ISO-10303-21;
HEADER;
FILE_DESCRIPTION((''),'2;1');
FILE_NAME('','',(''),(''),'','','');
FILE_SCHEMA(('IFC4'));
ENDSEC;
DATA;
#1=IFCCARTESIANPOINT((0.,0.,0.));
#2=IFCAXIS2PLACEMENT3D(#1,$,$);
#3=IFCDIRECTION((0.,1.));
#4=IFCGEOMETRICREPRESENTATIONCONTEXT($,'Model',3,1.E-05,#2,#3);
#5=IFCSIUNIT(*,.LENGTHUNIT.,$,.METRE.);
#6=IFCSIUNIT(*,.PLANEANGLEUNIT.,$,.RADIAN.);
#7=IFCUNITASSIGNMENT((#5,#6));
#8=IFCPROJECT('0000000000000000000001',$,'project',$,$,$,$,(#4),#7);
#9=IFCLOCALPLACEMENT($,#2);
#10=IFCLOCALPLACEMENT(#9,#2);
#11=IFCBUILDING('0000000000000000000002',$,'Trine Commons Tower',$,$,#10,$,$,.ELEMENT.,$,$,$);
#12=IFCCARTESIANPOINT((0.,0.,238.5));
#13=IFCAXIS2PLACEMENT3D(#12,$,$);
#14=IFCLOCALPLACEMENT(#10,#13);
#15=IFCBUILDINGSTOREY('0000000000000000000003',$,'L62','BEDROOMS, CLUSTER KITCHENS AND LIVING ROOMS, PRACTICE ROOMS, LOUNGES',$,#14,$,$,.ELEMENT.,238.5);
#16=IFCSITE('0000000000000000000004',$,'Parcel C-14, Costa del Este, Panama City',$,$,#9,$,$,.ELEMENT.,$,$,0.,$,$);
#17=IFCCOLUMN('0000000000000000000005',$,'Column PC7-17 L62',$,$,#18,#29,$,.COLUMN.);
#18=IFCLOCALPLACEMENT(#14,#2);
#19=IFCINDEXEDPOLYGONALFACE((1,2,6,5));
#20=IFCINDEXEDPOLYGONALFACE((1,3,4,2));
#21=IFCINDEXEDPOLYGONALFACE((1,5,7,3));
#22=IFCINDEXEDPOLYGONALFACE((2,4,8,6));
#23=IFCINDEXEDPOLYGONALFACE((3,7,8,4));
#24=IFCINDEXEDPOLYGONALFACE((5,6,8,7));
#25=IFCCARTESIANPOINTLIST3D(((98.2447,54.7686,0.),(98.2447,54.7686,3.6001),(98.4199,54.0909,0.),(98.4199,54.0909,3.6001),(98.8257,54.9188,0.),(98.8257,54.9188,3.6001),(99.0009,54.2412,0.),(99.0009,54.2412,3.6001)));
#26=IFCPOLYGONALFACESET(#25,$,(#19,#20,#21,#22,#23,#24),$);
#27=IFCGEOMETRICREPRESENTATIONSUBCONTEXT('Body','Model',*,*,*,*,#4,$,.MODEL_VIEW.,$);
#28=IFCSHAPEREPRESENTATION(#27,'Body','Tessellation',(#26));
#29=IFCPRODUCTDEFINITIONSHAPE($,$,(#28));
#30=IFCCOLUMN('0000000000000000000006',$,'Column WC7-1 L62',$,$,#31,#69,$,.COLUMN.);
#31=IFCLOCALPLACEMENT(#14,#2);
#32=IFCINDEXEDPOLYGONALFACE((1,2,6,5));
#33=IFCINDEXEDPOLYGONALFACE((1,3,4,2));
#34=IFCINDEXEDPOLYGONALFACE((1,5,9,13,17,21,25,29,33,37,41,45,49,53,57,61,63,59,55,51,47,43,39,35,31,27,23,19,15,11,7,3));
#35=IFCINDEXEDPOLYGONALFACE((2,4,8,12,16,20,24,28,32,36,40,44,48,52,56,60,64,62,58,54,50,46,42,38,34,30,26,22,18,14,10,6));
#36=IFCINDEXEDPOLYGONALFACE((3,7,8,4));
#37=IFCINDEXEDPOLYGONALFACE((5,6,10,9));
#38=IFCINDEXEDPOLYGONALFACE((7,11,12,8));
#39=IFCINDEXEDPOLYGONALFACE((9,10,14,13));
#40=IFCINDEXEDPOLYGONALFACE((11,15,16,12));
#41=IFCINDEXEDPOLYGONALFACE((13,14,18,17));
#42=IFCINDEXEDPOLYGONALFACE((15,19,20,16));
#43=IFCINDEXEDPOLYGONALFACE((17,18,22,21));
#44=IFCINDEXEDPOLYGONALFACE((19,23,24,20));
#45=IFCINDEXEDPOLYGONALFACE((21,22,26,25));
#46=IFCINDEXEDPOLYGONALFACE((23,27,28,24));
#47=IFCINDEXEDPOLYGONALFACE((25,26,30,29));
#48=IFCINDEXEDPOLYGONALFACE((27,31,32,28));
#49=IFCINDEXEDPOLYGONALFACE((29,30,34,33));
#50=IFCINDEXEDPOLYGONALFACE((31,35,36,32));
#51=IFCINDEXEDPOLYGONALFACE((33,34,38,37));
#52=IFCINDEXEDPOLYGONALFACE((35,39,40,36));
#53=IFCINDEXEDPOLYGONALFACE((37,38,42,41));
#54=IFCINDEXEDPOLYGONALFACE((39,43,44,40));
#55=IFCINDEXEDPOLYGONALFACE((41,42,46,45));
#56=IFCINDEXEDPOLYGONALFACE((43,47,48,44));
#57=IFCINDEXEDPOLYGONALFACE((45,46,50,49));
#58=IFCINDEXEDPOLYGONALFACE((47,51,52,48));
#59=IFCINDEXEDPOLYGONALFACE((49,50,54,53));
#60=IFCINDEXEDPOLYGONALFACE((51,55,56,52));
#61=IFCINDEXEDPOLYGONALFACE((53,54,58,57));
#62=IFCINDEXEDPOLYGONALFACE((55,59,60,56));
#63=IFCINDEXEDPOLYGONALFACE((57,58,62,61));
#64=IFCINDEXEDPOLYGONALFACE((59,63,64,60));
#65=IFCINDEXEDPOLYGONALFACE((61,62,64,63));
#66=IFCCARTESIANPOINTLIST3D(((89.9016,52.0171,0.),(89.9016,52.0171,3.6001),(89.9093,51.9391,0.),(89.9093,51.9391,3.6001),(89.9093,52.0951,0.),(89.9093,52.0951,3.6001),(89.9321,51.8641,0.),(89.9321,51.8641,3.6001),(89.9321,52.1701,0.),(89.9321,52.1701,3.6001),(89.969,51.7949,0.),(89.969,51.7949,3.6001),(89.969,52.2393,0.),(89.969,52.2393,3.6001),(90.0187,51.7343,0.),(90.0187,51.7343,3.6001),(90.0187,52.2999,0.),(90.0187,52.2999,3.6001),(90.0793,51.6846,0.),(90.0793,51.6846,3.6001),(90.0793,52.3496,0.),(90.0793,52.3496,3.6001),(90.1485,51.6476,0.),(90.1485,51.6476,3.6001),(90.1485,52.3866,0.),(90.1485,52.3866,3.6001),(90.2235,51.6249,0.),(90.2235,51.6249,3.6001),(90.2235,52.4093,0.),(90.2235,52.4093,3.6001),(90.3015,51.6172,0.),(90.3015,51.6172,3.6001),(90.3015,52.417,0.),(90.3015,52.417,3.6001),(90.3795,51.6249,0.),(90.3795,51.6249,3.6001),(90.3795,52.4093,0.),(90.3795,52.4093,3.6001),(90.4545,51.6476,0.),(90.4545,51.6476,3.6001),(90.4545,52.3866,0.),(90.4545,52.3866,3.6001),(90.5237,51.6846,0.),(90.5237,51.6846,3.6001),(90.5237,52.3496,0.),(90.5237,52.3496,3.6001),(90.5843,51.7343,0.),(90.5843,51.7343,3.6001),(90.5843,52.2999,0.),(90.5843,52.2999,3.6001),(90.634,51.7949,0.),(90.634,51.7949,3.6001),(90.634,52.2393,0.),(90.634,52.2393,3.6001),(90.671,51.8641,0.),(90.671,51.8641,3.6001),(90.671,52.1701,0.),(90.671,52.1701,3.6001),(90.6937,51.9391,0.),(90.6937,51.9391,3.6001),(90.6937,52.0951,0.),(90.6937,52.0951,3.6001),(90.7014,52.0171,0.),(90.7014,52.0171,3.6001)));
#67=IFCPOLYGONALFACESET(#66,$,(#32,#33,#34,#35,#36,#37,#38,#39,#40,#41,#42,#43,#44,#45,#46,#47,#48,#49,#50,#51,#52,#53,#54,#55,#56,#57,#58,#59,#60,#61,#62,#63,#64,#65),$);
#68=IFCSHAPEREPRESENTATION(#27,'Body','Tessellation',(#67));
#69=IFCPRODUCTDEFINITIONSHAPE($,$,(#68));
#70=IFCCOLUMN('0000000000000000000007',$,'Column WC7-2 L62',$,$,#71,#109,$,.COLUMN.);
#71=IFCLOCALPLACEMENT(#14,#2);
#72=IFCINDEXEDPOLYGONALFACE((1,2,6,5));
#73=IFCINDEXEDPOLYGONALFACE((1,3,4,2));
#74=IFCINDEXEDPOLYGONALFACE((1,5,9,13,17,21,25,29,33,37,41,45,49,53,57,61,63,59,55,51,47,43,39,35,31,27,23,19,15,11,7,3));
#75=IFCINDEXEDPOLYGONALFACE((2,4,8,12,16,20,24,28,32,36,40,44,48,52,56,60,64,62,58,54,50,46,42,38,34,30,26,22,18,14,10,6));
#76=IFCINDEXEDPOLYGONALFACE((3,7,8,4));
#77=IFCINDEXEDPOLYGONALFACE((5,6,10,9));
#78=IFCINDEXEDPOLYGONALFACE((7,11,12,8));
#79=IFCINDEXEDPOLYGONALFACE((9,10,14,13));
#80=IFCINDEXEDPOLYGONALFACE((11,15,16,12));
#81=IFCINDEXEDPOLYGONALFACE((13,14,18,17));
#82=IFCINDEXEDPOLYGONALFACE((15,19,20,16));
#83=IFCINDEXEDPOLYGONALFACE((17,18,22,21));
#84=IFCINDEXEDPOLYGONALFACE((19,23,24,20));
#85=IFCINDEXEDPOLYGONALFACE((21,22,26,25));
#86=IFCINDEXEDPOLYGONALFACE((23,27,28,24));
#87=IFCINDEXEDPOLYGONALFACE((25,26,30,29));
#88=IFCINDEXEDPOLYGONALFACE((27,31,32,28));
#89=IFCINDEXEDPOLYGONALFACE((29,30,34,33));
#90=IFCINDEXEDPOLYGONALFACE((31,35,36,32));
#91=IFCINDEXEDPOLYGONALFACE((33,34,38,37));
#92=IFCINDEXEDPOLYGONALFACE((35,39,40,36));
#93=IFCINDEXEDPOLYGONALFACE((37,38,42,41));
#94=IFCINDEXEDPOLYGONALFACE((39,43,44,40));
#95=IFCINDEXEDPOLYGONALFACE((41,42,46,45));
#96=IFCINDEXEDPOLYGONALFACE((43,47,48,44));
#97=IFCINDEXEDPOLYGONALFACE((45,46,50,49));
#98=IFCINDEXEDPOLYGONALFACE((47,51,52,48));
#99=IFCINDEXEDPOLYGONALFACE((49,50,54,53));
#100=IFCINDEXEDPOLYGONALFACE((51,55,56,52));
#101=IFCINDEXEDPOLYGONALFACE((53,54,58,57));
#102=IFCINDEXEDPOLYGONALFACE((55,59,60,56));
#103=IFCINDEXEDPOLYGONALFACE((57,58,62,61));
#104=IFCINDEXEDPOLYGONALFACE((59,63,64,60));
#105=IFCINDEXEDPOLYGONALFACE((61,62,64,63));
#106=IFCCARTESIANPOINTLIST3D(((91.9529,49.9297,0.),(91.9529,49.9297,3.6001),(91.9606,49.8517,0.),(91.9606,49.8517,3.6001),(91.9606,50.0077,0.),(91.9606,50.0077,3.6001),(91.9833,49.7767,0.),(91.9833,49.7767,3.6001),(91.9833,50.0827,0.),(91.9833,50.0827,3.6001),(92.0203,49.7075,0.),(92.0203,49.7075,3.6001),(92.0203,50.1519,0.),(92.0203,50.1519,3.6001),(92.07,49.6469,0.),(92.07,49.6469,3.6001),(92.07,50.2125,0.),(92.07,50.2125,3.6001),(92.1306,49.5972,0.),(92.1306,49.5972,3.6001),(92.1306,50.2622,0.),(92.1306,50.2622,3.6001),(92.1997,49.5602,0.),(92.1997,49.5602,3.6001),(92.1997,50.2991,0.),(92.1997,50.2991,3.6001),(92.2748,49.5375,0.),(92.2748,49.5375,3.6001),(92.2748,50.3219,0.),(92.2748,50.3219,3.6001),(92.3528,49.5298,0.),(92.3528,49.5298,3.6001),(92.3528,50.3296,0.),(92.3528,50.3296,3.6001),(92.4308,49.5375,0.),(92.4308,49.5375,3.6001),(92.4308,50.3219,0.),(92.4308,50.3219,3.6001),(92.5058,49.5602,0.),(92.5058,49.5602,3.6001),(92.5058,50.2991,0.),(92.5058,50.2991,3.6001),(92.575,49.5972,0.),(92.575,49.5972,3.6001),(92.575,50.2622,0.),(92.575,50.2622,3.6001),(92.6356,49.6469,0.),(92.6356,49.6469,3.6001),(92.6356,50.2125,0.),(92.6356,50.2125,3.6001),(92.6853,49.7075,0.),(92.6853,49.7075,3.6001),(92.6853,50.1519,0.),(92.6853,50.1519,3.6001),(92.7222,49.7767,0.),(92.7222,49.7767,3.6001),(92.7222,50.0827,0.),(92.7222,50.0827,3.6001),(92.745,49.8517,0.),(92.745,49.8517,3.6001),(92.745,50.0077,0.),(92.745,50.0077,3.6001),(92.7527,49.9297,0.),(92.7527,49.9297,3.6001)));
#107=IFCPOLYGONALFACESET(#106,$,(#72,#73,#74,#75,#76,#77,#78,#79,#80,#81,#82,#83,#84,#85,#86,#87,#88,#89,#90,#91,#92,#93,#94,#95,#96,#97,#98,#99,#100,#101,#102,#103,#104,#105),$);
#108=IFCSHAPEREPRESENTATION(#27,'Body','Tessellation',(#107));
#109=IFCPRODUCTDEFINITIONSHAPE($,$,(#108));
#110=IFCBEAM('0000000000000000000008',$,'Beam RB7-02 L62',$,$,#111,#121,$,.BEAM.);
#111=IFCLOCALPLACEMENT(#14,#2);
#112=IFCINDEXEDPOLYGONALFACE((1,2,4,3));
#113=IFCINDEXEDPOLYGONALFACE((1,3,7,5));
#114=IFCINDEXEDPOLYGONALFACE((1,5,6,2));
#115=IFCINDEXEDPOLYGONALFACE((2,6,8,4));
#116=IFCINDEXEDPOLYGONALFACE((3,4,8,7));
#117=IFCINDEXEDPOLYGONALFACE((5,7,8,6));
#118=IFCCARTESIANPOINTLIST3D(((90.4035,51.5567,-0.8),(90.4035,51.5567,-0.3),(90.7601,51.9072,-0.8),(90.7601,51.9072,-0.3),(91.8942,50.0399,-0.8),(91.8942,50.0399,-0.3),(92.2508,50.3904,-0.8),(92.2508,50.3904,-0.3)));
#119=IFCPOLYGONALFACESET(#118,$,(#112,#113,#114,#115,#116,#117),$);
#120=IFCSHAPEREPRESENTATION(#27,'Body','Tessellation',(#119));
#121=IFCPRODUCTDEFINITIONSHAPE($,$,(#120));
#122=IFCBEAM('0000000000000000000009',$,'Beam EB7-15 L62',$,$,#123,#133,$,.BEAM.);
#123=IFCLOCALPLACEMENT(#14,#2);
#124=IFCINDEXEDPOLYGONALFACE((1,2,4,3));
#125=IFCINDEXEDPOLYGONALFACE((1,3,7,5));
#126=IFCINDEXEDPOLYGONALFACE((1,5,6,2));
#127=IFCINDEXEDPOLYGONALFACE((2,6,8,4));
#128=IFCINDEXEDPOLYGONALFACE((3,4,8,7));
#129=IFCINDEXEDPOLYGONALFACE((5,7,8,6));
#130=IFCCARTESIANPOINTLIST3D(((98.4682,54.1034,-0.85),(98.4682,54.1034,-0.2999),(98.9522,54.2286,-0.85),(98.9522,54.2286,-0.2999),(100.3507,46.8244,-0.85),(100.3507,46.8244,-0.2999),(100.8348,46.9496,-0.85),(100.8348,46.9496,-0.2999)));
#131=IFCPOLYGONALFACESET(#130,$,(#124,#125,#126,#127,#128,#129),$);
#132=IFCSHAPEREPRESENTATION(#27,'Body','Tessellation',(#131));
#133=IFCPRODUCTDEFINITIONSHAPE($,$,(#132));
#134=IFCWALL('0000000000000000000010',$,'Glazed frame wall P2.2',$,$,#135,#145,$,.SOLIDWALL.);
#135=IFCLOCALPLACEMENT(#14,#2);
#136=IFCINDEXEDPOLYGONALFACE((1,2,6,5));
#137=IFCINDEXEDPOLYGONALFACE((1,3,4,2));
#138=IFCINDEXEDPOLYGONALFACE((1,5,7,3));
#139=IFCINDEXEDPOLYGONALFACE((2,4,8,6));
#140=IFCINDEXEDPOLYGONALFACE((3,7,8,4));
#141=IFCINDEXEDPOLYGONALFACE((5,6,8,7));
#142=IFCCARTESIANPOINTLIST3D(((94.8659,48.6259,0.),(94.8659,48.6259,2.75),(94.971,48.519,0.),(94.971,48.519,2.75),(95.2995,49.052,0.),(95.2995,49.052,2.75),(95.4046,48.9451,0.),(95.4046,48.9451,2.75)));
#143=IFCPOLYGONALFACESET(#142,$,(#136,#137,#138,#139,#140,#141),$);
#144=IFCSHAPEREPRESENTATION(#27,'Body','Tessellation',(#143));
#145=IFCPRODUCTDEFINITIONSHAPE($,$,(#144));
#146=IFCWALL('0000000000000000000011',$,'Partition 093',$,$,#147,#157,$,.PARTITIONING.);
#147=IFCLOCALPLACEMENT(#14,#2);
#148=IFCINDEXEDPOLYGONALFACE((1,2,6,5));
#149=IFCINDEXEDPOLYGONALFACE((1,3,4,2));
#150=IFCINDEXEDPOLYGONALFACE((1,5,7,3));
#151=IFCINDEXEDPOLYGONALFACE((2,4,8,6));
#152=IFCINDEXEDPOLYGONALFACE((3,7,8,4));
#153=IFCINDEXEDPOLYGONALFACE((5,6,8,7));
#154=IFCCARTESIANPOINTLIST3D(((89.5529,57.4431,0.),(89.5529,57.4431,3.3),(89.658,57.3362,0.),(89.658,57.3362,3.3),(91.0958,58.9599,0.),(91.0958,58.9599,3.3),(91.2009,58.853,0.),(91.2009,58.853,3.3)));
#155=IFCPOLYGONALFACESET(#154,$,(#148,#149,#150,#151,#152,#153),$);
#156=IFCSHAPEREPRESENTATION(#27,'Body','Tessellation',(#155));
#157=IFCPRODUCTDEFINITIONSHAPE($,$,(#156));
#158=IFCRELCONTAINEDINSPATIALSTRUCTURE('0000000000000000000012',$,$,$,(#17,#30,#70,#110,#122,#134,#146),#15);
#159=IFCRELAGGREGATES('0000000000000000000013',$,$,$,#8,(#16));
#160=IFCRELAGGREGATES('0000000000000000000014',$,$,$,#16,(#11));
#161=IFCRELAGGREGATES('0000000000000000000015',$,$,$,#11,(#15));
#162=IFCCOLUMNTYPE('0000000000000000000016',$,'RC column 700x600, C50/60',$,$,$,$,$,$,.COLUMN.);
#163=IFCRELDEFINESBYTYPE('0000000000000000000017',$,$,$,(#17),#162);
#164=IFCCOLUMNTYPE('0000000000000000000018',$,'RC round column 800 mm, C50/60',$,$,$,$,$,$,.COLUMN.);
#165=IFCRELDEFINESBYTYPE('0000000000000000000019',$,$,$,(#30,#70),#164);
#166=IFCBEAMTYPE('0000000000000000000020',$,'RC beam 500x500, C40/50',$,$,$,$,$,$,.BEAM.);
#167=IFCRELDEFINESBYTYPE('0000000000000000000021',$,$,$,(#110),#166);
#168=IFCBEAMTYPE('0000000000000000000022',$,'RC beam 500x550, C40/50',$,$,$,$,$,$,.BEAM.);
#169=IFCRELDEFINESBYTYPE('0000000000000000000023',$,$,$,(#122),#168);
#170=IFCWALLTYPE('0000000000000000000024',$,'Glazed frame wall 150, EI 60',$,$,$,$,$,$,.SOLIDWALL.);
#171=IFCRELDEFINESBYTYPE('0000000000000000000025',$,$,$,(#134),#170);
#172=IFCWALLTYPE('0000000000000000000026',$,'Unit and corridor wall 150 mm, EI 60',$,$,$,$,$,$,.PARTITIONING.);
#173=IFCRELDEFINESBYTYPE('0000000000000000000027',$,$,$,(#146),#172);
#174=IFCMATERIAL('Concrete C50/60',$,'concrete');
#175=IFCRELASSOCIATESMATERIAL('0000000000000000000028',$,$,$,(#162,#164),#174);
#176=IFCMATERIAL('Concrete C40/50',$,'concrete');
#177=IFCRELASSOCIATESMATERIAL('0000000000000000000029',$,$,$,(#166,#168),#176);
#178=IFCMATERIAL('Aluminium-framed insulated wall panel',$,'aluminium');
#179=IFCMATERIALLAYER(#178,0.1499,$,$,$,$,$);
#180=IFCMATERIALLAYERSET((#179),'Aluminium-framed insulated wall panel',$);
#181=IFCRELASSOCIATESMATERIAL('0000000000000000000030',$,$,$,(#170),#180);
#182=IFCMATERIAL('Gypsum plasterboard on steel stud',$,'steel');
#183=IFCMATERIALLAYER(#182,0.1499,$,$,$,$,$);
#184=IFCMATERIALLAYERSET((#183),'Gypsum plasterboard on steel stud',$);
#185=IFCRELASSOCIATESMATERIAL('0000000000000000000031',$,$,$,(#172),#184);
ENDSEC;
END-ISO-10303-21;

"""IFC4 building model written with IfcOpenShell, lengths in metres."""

from ifc_helpers import new_model, si_unit, direction, frame, frame_2d, origin, origin_2d, place, context, subcontext, project, spatial, polyline, rectangle, circle, outline, extrude, material, layer, layer_set, material_profile, profile_set, type_object, element, save


model = new_model("IFC4")

# Units and contexts
model_context = context("Model", 3, precision=1e-05, world=origin(), true_north=direction((0.0, 1.0)))
body_context = subcontext(model_context, "Body", "Model", "MODEL_VIEW")
ifc_project = project(units=[si_unit("LENGTHUNIT", "METRE"), si_unit("PLANEANGLEUNIT", "RADIAN")], contexts=[model_context])

# Site, building, storey
site_placement = place(None, origin())
site = spatial("IfcSite", under=ifc_project, at=site_placement, Name="Parcel C-14, Costa del Este, Panama City", CompositionType="ELEMENT", RefElevation=0.0)
building_placement = place(site_placement, origin())
building = spatial("IfcBuilding", under=site, at=building_placement, Name="Trine Commons Tower", CompositionType="ELEMENT")
storey_placement = place(building_placement, frame((0.0, 0.0, 238.5)))
storey = spatial("IfcBuildingStorey", under=building, at=storey_placement, Name="L62", Description="BEDROOMS, CLUSTER KITCHENS AND LIVING ROOMS, PRACTICE ROOMS, LOUNGES", CompositionType="ELEMENT", Elevation=238.5)

# Columns
ifc_material_1 = material(Name="Concrete C50/60", Category="concrete")
ifc_material_profile_1 = material_profile(ifc_material_1, rectangle(XDim=0.7, YDim=0.6001, at=origin_2d()), Name="RC 700x600")
ifc_profile_set_1 = profile_set([ifc_material_profile_1], Name="Concrete C50/60")
column_type_1 = type_object("IfcColumnType", Name="RC column 700x600, C50/60", PredefinedType="COLUMN", material=ifc_profile_set_1)
column_placement = place(storey_placement, frame((98.6228, 54.5049, 0.0), z_axis=(0.0, 0.0, 1.0), x_axis=(-0.25038, 0.968148, 0.0)))
element("IfcColumn", 1, at=column_placement, inside=storey, type_object=column_type_1, Name="Column PC7-17 L62", PredefinedType="COLUMN", context=body_context, shape_type="SweptSolid", body=[
    extrude(rectangle(XDim=0.7, YDim=0.6001, at=origin_2d()), origin(), (0.0, 0.0, 1.0), 3.6001),
])
ifc_material_profile_2 = material_profile(ifc_material_1, circle(Radius=0.3999, at=origin_2d()), Name="RC round 800")
ifc_profile_set_2 = profile_set([ifc_material_profile_2], Name="Concrete C50/60")
column_type_2 = type_object("IfcColumnType", Name="RC round column 800 mm, C50/60", PredefinedType="COLUMN", material=ifc_profile_set_2)
for number, where, z_axis, x_axis, name in (
    (2, (90.3015, 52.0171, 0.0), (0.0, 0.0, 1.0), (1.0, 0.0, 0.0), "Column WC7-1 L62"),
    (3, (92.3528, 49.9297, 0.0), (0.0, 0.0, 1.0), (1.0, 0.0, 0.0), "Column WC7-2 L62"),
):
    element("IfcColumn", number, at=place(storey_placement, frame(where, z_axis=z_axis, x_axis=x_axis)), inside=storey, type_object=column_type_2, Name=name, PredefinedType="COLUMN", context=body_context, shape_type="SweptSolid", body=[
        extrude(circle(Radius=0.3999, at=origin_2d()), origin(), (0.0, 0.0, 1.0), 3.6001),
    ])

# Beams
ifc_material_2 = material(Name="Concrete C40/50", Category="concrete")
ifc_material_profile_3 = material_profile(ifc_material_2, rectangle(XDim=0.5, YDim=0.5, at=origin_2d()), Name="RC 500x500")
ifc_profile_set_3 = profile_set([ifc_material_profile_3], Name="Concrete C40/50")
beam_type_1 = type_object("IfcBeamType", Name="RC beam 500x500, C40/50", PredefinedType="BEAM", material=ifc_profile_set_3)
beam_1_placement = place(storey_placement, frame((90.5818, 51.7319, -0.55), z_axis=(0.700939, -0.713222, 0.0), x_axis=(0.713222, 0.700939, 0.0)))
element("IfcBeam", 4, at=beam_1_placement, inside=storey, type_object=beam_type_1, Name="Beam RB7-02 L62", PredefinedType="BEAM", context=body_context, shape_type="SweptSolid", body=[
    extrude(rectangle(XDim=0.5, YDim=0.5, at=origin_2d()), origin(), (0.0, 0.0, 1.0), 2.1267),
])
ifc_material_profile_4 = material_profile(ifc_material_2, rectangle(XDim=0.5, YDim=0.55, at=origin_2d()), Name="RC 500x550")
ifc_profile_set_4 = profile_set([ifc_material_profile_4], Name="Concrete C40/50")
beam_type_2 = type_object("IfcBeamType", Name="RC beam 500x550, C40/50", PredefinedType="BEAM", material=ifc_profile_set_4)
beam_2_placement = place(storey_placement, frame((98.7102, 54.166, -0.575), z_axis=(0.25039, -0.968145, 0.0), x_axis=(0.968145, 0.25039, 0.0)))
element("IfcBeam", 5, at=beam_2_placement, inside=storey, type_object=beam_type_2, Name="Beam EB7-15 L62", PredefinedType="BEAM", context=body_context, shape_type="SweptSolid", body=[
    extrude(rectangle(XDim=0.5, YDim=0.55, at=origin_2d()), origin(), (0.0, 0.0, 1.0), 7.5186),
])

# Walls
ifc_material_3 = material(Name="Aluminium-framed insulated wall panel", Category="aluminium")
ifc_layer_1 = layer(ifc_material_3, 0.1499)
ifc_layer_set_1 = layer_set([ifc_layer_1], Name="Aluminium-framed insulated wall panel")
wall_type_1 = type_object("IfcWallType", Name="Glazed frame wall 150, EI 60", PredefinedType="SOLIDWALL", material=ifc_layer_set_1)
wall_1_placement = place(storey_placement, frame((95.3521, 48.9985, 0.0), z_axis=(0.0, 0.0, 1.0), x_axis=(-0.713305, -0.700854, 0.0)))
element("IfcWall", 6, at=wall_1_placement, inside=storey, type_object=wall_type_1, Name="Glazed frame wall P2.2", PredefinedType="SOLIDWALL", context=body_context, shape_type="SweptSolid", body=[
    extrude(outline(polyline([(0.0, -0.075), (0.6079, -0.075), (0.6079, 0.075), (0.0, 0.075), (0.0, -0.075)])), origin(), (0.0, 0.0, 1.0), 2.75),
])
ifc_material_4 = material(Name="Gypsum plasterboard on steel stud", Category="steel")
ifc_layer_2 = layer(ifc_material_4, 0.1499)
ifc_layer_set_2 = layer_set([ifc_layer_2], Name="Gypsum plasterboard on steel stud")
wall_type_2 = type_object("IfcWallType", Name="Unit and corridor wall 150 mm, EI 60", PredefinedType="PARTITIONING", material=ifc_layer_set_2)
wall_2_placement = place(storey_placement, frame((89.6055, 57.3896, 0.0), z_axis=(0.0, 0.0, 1.0), x_axis=(0.713118, 0.701044, 0.0)))
element("IfcWall", 7, at=wall_2_placement, inside=storey, type_object=wall_type_2, Name="Partition 093", PredefinedType="PARTITIONING", context=body_context, shape_type="SweptSolid", body=[
    extrude(rectangle(XDim=2.1636, YDim=0.1499, at=frame_2d((1.0818, 0.0))), origin(), (0.0, 0.0, 1.0), 3.3),
])

save(model, "model.ifc")
